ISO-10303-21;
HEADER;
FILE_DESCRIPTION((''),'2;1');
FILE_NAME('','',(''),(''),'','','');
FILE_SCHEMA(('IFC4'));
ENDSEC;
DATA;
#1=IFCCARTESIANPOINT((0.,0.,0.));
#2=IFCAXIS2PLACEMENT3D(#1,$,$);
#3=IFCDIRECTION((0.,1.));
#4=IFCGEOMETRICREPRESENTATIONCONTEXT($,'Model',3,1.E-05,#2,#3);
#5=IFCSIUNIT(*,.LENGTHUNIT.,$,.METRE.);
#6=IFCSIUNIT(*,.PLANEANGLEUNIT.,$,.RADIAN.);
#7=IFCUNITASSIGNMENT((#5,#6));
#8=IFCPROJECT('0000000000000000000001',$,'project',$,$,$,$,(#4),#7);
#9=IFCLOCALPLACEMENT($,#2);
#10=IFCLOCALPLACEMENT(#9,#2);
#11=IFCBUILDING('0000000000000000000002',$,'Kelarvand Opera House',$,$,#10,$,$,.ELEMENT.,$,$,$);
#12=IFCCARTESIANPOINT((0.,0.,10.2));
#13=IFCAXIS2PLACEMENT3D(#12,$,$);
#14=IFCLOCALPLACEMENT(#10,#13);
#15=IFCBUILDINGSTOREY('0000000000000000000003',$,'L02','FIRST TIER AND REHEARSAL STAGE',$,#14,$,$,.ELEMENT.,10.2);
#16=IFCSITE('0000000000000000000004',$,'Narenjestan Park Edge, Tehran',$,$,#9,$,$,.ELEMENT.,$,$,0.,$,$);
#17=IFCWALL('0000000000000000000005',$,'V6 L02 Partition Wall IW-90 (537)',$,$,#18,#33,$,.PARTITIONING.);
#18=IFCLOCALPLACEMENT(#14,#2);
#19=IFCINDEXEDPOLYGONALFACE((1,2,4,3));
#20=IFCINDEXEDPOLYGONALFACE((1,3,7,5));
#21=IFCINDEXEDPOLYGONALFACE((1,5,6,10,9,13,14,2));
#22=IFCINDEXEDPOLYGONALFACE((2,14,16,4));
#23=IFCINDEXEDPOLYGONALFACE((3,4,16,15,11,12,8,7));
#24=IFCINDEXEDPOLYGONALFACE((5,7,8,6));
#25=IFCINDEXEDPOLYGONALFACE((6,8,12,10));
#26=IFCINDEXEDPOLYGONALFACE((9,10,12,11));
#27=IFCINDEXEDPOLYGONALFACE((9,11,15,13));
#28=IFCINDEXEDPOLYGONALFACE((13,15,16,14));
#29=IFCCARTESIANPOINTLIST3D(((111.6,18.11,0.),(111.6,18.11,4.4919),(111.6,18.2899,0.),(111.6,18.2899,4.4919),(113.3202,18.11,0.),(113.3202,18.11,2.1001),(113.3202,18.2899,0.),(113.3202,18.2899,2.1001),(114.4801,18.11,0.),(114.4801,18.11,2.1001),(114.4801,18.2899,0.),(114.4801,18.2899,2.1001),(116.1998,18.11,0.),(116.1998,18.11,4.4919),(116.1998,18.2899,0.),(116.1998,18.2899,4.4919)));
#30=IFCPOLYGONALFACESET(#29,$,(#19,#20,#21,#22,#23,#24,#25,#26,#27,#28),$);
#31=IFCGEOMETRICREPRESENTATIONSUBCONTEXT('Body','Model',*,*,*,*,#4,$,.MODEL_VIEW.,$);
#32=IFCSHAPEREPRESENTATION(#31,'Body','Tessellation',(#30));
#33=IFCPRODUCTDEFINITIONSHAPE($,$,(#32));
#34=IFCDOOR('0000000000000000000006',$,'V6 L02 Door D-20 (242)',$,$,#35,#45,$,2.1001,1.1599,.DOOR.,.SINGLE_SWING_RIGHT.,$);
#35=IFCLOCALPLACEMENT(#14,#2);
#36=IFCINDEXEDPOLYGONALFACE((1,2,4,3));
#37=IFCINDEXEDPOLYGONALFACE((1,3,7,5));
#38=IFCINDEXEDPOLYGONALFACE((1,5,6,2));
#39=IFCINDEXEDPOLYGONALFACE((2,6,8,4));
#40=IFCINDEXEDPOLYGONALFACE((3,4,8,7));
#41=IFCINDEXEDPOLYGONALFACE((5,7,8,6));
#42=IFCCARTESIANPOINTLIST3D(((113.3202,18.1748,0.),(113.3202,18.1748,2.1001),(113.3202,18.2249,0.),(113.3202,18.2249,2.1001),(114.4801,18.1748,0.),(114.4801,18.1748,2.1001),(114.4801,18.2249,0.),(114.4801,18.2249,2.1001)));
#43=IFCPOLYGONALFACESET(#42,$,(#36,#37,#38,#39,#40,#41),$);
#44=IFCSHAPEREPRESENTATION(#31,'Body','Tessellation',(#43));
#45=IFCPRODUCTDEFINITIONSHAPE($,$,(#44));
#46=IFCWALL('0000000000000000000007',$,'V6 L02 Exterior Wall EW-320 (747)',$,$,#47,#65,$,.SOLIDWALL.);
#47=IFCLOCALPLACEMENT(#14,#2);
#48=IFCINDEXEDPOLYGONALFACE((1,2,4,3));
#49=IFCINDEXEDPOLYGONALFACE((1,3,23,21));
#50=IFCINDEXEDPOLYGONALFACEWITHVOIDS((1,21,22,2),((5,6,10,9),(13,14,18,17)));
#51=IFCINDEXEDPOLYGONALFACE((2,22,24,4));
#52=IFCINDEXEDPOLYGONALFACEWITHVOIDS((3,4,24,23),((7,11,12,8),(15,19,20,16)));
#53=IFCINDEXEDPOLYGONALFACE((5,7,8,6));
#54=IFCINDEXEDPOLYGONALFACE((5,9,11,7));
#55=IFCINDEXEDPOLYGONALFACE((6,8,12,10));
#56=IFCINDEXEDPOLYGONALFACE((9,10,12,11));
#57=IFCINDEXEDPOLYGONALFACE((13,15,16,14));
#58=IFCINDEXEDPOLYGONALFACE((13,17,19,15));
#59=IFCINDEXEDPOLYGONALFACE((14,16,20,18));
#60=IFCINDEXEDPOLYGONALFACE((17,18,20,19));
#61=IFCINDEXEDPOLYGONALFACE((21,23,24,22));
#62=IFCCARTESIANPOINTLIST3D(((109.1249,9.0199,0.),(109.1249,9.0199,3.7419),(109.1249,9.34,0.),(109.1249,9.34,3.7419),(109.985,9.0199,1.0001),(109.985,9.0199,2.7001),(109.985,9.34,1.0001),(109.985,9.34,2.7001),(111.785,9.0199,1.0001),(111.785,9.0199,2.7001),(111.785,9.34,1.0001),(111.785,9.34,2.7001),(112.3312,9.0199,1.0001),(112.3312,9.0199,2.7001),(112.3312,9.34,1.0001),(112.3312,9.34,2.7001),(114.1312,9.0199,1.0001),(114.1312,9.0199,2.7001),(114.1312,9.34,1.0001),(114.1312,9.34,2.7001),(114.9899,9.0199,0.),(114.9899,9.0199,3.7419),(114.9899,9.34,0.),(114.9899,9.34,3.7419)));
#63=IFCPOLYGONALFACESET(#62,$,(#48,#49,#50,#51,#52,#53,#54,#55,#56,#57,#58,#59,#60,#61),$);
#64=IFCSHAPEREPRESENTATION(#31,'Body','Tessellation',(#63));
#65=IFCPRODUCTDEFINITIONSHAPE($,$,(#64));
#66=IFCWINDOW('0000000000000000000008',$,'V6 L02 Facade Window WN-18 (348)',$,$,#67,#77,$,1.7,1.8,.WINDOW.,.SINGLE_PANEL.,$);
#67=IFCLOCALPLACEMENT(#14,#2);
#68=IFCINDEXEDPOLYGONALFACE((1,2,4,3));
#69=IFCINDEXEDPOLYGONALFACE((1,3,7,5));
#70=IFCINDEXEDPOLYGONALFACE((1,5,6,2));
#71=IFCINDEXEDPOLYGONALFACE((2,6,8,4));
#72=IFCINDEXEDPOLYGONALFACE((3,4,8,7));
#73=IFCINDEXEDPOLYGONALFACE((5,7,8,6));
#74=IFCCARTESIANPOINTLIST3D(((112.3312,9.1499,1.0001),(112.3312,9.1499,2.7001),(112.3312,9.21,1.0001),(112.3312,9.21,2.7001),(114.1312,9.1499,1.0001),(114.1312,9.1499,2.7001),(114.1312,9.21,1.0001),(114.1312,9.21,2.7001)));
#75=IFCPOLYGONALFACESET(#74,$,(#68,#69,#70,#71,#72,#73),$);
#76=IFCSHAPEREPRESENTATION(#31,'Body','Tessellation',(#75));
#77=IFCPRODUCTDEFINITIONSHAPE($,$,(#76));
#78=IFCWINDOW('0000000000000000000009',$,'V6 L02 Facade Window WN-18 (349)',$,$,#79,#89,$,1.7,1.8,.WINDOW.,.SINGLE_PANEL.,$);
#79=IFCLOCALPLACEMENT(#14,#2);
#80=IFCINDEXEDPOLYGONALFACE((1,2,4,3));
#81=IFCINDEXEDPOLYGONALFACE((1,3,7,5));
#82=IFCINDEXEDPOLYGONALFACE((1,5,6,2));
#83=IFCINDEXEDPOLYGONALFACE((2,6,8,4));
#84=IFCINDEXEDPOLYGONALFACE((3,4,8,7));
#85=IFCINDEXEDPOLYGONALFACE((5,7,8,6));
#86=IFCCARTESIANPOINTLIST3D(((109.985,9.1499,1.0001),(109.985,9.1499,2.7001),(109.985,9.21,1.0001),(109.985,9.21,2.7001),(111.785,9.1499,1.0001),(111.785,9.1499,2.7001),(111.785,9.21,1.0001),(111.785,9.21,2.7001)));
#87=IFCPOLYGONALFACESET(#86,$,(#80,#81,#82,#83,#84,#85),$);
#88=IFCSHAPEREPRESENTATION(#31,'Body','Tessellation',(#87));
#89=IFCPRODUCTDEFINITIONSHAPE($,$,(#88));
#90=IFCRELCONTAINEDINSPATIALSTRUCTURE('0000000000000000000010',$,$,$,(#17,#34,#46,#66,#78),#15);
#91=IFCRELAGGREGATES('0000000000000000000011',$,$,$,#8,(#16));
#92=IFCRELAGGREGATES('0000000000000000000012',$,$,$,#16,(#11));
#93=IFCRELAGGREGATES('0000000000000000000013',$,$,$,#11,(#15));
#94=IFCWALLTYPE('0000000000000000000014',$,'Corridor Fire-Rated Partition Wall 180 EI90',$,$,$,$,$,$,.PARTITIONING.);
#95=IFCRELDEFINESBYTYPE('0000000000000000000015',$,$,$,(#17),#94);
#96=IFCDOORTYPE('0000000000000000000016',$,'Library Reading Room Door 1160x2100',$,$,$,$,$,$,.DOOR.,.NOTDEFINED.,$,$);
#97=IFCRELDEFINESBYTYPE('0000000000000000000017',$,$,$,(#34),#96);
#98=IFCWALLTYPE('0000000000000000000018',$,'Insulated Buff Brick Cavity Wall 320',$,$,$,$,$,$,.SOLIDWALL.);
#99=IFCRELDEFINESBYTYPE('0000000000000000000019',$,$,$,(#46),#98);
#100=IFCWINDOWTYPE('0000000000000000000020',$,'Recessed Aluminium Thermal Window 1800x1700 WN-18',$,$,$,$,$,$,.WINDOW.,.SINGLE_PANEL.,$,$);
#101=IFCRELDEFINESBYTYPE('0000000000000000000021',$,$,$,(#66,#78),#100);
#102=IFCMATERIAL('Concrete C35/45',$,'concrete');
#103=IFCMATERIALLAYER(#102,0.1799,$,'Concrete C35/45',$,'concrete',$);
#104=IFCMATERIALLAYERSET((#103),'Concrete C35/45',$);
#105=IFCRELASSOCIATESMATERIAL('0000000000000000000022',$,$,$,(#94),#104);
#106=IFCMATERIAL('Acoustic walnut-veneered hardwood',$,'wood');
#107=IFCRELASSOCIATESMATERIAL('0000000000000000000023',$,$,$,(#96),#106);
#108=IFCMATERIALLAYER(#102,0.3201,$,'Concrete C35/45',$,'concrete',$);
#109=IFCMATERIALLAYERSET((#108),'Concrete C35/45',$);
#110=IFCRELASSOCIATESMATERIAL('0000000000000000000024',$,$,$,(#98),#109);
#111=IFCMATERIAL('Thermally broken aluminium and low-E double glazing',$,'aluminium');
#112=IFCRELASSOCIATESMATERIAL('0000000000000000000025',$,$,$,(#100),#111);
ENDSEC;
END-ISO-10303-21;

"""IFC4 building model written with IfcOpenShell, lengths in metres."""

from ifc_helpers import new_model, si_unit, direction, frame, frame_2d, origin, place, context, subcontext, project, spatial, rectangle, extrude, material, layer, layer_set, type_object, element, fill, save


model = new_model("IFC4")

# Units and contexts
model_context = context("Model", 3, precision=1e-05, world=origin(), true_north=direction((0.0, 1.0)))
body_context = subcontext(model_context, "Body", "Model", "MODEL_VIEW")
ifc_project = project(units=[si_unit("LENGTHUNIT", "METRE"), si_unit("PLANEANGLEUNIT", "RADIAN")], contexts=[model_context])

# Site, building, storey
site_placement = place(None, origin())
site = spatial("IfcSite", under=ifc_project, at=site_placement, Name="Narenjestan Park Edge, Tehran", CompositionType="ELEMENT", RefElevation=0.0)
building_placement = place(site_placement, origin())
building = spatial("IfcBuilding", under=site, at=building_placement, Name="Kelarvand Opera House", CompositionType="ELEMENT")
storey_placement = place(building_placement, frame((0.0, 0.0, 10.2)))
storey = spatial("IfcBuildingStorey", under=building, at=storey_placement, Name="L02", Description="FIRST TIER AND REHEARSAL STAGE", CompositionType="ELEMENT", Elevation=10.2)

# Wall, opening, door
ifc_material_1 = material(Name="Concrete C35/45", Category="concrete")
ifc_layer_1 = layer(ifc_material_1, 0.1799, Name="Concrete C35/45", Category="concrete")
ifc_layer_set_1 = layer_set([ifc_layer_1], Name="Concrete C35/45")
wall_type_1 = type_object("IfcWallType", Name="Corridor Fire-Rated Partition Wall 180 EI90", PredefinedType="PARTITIONING", material=ifc_layer_set_1)
ifc_material_2 = material(Name="Acoustic walnut-veneered hardwood", Category="wood")
wall_1_placement = place(storey_placement, frame((111.6001, 18.2, 0.0), z_axis=(0.0, 0.0, 1.0), x_axis=(1.0, 0.0, 0.0)))
wall_1 = element("IfcWall", 1, at=wall_1_placement, inside=storey, type_object=wall_type_1, Name="V6 L02 Partition Wall IW-90 (537)", PredefinedType="PARTITIONING", context=body_context, shape_type="SweptSolid", body=[
    extrude(rectangle(XDim=4.5999, YDim=0.1799, at=frame_2d((2.2998, 0.0))), origin(), (0.0, 0.0, 1.0), 4.4919),
])
opening_1_placement = place(wall_1_placement, frame((1.72, 0.0, 0.0)))
opening_1 = element("IfcOpeningElement", 2, at=opening_1_placement, cuts=wall_1, PredefinedType="OPENING", context=body_context, shape_type="SweptSolid", body=[
    extrude(rectangle(XDim=1.1599, YDim=2.1001, at=frame_2d((0.5801, 1.05))), frame((0.0, 0.1001, 0.0), z_axis=(0.0, -1.0, 0.0), x_axis=(1.0, 0.0, 0.0)), (0.0, 0.0, 1.0), 0.2),
])
door_type_1 = type_object("IfcDoorType", Name="Library Reading Room Door 1160x2100", OperationType="NOTDEFINED", PredefinedType="DOOR", material=ifc_material_2)
door_1_placement = place(opening_1_placement, origin())
door_1 = element("IfcDoor", 3, at=door_1_placement, inside=storey, type_object=door_type_1, Name="V6 L02 Door D-20 (242)", OperationType="SINGLE_SWING_RIGHT", OverallHeight=2.1001, OverallWidth=1.1599, PredefinedType="DOOR", context=body_context, shape_type="SweptSolid", body=[
    extrude(rectangle(XDim=1.1599, YDim=2.1001, at=frame_2d((0.5801, 1.05))), frame((0.0, 0.0249, 0.0), z_axis=(0.0, -1.0, 0.0), x_axis=(1.0, 0.0, 0.0)), (0.0, 0.0, 1.0), 0.05),
])
fill(opening_1, door_1)

# Wall, openings, windows
ifc_layer_2 = layer(ifc_material_1, 0.3201, Name="Concrete C35/45", Category="concrete")
ifc_layer_set_2 = layer_set([ifc_layer_2], Name="Concrete C35/45")
wall_type_2 = type_object("IfcWallType", Name="Insulated Buff Brick Cavity Wall 320", PredefinedType="SOLIDWALL", material=ifc_layer_set_2)
wall_2_placement = place(storey_placement, frame((114.99, 9.1799, 0.0), z_axis=(0.0, 0.0, 1.0), x_axis=(-1.0, 0.0, 0.0)))
wall_2 = element("IfcWall", 4, at=wall_2_placement, inside=storey, type_object=wall_type_2, Name="V6 L02 Exterior Wall EW-320 (747)", PredefinedType="SOLIDWALL", context=body_context, shape_type="SweptSolid", body=[
    extrude(rectangle(XDim=5.865, YDim=0.3201, at=frame_2d((2.9326, 0.0))), origin(), (0.0, 0.0, 1.0), 3.7419),
])
opening_2_placement = place(wall_2_placement, frame((0.8589, 0.0, 1.0)))
opening_2 = element("IfcOpeningElement", 5, at=opening_2_placement, cuts=wall_2, PredefinedType="OPENING", context=body_context, shape_type="SweptSolid", body=[
    extrude(rectangle(XDim=1.8, YDim=1.7, at=frame_2d((0.8999, 0.8501))), frame((0.0, 0.1699, 0.0), z_axis=(0.0, -1.0, 0.0), x_axis=(1.0, 0.0, 0.0)), (0.0, 0.0, 1.0), 0.3401),
])
opening_3_placement = place(wall_2_placement, frame((3.2051, 0.0, 1.0)))
opening_3 = element("IfcOpeningElement", 6, at=opening_3_placement, cuts=wall_2, PredefinedType="OPENING", context=body_context, shape_type="SweptSolid", body=[
    extrude(rectangle(XDim=1.8, YDim=1.7, at=frame_2d((0.8999, 0.8501))), frame((0.0, 0.1699, 0.0), z_axis=(0.0, -1.0, 0.0), x_axis=(1.0, 0.0, 0.0)), (0.0, 0.0, 1.0), 0.3401),
])
ifc_material_3 = material(Name="Thermally broken aluminium and low-E double glazing", Category="aluminium")
window_type = type_object("IfcWindowType", Name="Recessed Aluminium Thermal Window 1800x1700 WN-18", PartitioningType="SINGLE_PANEL", PredefinedType="WINDOW", material=ifc_material_3)
window_1_placement = place(opening_2_placement, origin())
window_1 = element("IfcWindow", 7, at=window_1_placement, inside=storey, type_object=window_type, Name="V6 L02 Facade Window WN-18 (348)", OverallHeight=1.7, OverallWidth=1.8, PartitioningType="SINGLE_PANEL", PredefinedType="WINDOW", context=body_context, shape_type="SweptSolid", body=[
    extrude(rectangle(XDim=1.8, YDim=1.7, at=frame_2d((0.8999, 0.8501))), frame((0.0, 0.03, 0.0), z_axis=(0.0, -1.0, 0.0), x_axis=(1.0, 0.0, 0.0)), (0.0, 0.0, 1.0), 0.0601),
])
fill(opening_2, window_1)
window_2_placement = place(opening_3_placement, origin())
window_2 = element("IfcWindow", 8, at=window_2_placement, inside=storey, type_object=window_type, Name="V6 L02 Facade Window WN-18 (349)", OverallHeight=1.7, OverallWidth=1.8, PartitioningType="SINGLE_PANEL", PredefinedType="WINDOW", context=body_context, shape_type="SweptSolid", body=[
    extrude(rectangle(XDim=1.8, YDim=1.7, at=frame_2d((0.8999, 0.8501))), frame((0.0, 0.03, 0.0), z_axis=(0.0, -1.0, 0.0), x_axis=(1.0, 0.0, 0.0)), (0.0, 0.0, 1.0), 0.0601),
])
fill(opening_3, window_2)

save(model, "model.ifc")
